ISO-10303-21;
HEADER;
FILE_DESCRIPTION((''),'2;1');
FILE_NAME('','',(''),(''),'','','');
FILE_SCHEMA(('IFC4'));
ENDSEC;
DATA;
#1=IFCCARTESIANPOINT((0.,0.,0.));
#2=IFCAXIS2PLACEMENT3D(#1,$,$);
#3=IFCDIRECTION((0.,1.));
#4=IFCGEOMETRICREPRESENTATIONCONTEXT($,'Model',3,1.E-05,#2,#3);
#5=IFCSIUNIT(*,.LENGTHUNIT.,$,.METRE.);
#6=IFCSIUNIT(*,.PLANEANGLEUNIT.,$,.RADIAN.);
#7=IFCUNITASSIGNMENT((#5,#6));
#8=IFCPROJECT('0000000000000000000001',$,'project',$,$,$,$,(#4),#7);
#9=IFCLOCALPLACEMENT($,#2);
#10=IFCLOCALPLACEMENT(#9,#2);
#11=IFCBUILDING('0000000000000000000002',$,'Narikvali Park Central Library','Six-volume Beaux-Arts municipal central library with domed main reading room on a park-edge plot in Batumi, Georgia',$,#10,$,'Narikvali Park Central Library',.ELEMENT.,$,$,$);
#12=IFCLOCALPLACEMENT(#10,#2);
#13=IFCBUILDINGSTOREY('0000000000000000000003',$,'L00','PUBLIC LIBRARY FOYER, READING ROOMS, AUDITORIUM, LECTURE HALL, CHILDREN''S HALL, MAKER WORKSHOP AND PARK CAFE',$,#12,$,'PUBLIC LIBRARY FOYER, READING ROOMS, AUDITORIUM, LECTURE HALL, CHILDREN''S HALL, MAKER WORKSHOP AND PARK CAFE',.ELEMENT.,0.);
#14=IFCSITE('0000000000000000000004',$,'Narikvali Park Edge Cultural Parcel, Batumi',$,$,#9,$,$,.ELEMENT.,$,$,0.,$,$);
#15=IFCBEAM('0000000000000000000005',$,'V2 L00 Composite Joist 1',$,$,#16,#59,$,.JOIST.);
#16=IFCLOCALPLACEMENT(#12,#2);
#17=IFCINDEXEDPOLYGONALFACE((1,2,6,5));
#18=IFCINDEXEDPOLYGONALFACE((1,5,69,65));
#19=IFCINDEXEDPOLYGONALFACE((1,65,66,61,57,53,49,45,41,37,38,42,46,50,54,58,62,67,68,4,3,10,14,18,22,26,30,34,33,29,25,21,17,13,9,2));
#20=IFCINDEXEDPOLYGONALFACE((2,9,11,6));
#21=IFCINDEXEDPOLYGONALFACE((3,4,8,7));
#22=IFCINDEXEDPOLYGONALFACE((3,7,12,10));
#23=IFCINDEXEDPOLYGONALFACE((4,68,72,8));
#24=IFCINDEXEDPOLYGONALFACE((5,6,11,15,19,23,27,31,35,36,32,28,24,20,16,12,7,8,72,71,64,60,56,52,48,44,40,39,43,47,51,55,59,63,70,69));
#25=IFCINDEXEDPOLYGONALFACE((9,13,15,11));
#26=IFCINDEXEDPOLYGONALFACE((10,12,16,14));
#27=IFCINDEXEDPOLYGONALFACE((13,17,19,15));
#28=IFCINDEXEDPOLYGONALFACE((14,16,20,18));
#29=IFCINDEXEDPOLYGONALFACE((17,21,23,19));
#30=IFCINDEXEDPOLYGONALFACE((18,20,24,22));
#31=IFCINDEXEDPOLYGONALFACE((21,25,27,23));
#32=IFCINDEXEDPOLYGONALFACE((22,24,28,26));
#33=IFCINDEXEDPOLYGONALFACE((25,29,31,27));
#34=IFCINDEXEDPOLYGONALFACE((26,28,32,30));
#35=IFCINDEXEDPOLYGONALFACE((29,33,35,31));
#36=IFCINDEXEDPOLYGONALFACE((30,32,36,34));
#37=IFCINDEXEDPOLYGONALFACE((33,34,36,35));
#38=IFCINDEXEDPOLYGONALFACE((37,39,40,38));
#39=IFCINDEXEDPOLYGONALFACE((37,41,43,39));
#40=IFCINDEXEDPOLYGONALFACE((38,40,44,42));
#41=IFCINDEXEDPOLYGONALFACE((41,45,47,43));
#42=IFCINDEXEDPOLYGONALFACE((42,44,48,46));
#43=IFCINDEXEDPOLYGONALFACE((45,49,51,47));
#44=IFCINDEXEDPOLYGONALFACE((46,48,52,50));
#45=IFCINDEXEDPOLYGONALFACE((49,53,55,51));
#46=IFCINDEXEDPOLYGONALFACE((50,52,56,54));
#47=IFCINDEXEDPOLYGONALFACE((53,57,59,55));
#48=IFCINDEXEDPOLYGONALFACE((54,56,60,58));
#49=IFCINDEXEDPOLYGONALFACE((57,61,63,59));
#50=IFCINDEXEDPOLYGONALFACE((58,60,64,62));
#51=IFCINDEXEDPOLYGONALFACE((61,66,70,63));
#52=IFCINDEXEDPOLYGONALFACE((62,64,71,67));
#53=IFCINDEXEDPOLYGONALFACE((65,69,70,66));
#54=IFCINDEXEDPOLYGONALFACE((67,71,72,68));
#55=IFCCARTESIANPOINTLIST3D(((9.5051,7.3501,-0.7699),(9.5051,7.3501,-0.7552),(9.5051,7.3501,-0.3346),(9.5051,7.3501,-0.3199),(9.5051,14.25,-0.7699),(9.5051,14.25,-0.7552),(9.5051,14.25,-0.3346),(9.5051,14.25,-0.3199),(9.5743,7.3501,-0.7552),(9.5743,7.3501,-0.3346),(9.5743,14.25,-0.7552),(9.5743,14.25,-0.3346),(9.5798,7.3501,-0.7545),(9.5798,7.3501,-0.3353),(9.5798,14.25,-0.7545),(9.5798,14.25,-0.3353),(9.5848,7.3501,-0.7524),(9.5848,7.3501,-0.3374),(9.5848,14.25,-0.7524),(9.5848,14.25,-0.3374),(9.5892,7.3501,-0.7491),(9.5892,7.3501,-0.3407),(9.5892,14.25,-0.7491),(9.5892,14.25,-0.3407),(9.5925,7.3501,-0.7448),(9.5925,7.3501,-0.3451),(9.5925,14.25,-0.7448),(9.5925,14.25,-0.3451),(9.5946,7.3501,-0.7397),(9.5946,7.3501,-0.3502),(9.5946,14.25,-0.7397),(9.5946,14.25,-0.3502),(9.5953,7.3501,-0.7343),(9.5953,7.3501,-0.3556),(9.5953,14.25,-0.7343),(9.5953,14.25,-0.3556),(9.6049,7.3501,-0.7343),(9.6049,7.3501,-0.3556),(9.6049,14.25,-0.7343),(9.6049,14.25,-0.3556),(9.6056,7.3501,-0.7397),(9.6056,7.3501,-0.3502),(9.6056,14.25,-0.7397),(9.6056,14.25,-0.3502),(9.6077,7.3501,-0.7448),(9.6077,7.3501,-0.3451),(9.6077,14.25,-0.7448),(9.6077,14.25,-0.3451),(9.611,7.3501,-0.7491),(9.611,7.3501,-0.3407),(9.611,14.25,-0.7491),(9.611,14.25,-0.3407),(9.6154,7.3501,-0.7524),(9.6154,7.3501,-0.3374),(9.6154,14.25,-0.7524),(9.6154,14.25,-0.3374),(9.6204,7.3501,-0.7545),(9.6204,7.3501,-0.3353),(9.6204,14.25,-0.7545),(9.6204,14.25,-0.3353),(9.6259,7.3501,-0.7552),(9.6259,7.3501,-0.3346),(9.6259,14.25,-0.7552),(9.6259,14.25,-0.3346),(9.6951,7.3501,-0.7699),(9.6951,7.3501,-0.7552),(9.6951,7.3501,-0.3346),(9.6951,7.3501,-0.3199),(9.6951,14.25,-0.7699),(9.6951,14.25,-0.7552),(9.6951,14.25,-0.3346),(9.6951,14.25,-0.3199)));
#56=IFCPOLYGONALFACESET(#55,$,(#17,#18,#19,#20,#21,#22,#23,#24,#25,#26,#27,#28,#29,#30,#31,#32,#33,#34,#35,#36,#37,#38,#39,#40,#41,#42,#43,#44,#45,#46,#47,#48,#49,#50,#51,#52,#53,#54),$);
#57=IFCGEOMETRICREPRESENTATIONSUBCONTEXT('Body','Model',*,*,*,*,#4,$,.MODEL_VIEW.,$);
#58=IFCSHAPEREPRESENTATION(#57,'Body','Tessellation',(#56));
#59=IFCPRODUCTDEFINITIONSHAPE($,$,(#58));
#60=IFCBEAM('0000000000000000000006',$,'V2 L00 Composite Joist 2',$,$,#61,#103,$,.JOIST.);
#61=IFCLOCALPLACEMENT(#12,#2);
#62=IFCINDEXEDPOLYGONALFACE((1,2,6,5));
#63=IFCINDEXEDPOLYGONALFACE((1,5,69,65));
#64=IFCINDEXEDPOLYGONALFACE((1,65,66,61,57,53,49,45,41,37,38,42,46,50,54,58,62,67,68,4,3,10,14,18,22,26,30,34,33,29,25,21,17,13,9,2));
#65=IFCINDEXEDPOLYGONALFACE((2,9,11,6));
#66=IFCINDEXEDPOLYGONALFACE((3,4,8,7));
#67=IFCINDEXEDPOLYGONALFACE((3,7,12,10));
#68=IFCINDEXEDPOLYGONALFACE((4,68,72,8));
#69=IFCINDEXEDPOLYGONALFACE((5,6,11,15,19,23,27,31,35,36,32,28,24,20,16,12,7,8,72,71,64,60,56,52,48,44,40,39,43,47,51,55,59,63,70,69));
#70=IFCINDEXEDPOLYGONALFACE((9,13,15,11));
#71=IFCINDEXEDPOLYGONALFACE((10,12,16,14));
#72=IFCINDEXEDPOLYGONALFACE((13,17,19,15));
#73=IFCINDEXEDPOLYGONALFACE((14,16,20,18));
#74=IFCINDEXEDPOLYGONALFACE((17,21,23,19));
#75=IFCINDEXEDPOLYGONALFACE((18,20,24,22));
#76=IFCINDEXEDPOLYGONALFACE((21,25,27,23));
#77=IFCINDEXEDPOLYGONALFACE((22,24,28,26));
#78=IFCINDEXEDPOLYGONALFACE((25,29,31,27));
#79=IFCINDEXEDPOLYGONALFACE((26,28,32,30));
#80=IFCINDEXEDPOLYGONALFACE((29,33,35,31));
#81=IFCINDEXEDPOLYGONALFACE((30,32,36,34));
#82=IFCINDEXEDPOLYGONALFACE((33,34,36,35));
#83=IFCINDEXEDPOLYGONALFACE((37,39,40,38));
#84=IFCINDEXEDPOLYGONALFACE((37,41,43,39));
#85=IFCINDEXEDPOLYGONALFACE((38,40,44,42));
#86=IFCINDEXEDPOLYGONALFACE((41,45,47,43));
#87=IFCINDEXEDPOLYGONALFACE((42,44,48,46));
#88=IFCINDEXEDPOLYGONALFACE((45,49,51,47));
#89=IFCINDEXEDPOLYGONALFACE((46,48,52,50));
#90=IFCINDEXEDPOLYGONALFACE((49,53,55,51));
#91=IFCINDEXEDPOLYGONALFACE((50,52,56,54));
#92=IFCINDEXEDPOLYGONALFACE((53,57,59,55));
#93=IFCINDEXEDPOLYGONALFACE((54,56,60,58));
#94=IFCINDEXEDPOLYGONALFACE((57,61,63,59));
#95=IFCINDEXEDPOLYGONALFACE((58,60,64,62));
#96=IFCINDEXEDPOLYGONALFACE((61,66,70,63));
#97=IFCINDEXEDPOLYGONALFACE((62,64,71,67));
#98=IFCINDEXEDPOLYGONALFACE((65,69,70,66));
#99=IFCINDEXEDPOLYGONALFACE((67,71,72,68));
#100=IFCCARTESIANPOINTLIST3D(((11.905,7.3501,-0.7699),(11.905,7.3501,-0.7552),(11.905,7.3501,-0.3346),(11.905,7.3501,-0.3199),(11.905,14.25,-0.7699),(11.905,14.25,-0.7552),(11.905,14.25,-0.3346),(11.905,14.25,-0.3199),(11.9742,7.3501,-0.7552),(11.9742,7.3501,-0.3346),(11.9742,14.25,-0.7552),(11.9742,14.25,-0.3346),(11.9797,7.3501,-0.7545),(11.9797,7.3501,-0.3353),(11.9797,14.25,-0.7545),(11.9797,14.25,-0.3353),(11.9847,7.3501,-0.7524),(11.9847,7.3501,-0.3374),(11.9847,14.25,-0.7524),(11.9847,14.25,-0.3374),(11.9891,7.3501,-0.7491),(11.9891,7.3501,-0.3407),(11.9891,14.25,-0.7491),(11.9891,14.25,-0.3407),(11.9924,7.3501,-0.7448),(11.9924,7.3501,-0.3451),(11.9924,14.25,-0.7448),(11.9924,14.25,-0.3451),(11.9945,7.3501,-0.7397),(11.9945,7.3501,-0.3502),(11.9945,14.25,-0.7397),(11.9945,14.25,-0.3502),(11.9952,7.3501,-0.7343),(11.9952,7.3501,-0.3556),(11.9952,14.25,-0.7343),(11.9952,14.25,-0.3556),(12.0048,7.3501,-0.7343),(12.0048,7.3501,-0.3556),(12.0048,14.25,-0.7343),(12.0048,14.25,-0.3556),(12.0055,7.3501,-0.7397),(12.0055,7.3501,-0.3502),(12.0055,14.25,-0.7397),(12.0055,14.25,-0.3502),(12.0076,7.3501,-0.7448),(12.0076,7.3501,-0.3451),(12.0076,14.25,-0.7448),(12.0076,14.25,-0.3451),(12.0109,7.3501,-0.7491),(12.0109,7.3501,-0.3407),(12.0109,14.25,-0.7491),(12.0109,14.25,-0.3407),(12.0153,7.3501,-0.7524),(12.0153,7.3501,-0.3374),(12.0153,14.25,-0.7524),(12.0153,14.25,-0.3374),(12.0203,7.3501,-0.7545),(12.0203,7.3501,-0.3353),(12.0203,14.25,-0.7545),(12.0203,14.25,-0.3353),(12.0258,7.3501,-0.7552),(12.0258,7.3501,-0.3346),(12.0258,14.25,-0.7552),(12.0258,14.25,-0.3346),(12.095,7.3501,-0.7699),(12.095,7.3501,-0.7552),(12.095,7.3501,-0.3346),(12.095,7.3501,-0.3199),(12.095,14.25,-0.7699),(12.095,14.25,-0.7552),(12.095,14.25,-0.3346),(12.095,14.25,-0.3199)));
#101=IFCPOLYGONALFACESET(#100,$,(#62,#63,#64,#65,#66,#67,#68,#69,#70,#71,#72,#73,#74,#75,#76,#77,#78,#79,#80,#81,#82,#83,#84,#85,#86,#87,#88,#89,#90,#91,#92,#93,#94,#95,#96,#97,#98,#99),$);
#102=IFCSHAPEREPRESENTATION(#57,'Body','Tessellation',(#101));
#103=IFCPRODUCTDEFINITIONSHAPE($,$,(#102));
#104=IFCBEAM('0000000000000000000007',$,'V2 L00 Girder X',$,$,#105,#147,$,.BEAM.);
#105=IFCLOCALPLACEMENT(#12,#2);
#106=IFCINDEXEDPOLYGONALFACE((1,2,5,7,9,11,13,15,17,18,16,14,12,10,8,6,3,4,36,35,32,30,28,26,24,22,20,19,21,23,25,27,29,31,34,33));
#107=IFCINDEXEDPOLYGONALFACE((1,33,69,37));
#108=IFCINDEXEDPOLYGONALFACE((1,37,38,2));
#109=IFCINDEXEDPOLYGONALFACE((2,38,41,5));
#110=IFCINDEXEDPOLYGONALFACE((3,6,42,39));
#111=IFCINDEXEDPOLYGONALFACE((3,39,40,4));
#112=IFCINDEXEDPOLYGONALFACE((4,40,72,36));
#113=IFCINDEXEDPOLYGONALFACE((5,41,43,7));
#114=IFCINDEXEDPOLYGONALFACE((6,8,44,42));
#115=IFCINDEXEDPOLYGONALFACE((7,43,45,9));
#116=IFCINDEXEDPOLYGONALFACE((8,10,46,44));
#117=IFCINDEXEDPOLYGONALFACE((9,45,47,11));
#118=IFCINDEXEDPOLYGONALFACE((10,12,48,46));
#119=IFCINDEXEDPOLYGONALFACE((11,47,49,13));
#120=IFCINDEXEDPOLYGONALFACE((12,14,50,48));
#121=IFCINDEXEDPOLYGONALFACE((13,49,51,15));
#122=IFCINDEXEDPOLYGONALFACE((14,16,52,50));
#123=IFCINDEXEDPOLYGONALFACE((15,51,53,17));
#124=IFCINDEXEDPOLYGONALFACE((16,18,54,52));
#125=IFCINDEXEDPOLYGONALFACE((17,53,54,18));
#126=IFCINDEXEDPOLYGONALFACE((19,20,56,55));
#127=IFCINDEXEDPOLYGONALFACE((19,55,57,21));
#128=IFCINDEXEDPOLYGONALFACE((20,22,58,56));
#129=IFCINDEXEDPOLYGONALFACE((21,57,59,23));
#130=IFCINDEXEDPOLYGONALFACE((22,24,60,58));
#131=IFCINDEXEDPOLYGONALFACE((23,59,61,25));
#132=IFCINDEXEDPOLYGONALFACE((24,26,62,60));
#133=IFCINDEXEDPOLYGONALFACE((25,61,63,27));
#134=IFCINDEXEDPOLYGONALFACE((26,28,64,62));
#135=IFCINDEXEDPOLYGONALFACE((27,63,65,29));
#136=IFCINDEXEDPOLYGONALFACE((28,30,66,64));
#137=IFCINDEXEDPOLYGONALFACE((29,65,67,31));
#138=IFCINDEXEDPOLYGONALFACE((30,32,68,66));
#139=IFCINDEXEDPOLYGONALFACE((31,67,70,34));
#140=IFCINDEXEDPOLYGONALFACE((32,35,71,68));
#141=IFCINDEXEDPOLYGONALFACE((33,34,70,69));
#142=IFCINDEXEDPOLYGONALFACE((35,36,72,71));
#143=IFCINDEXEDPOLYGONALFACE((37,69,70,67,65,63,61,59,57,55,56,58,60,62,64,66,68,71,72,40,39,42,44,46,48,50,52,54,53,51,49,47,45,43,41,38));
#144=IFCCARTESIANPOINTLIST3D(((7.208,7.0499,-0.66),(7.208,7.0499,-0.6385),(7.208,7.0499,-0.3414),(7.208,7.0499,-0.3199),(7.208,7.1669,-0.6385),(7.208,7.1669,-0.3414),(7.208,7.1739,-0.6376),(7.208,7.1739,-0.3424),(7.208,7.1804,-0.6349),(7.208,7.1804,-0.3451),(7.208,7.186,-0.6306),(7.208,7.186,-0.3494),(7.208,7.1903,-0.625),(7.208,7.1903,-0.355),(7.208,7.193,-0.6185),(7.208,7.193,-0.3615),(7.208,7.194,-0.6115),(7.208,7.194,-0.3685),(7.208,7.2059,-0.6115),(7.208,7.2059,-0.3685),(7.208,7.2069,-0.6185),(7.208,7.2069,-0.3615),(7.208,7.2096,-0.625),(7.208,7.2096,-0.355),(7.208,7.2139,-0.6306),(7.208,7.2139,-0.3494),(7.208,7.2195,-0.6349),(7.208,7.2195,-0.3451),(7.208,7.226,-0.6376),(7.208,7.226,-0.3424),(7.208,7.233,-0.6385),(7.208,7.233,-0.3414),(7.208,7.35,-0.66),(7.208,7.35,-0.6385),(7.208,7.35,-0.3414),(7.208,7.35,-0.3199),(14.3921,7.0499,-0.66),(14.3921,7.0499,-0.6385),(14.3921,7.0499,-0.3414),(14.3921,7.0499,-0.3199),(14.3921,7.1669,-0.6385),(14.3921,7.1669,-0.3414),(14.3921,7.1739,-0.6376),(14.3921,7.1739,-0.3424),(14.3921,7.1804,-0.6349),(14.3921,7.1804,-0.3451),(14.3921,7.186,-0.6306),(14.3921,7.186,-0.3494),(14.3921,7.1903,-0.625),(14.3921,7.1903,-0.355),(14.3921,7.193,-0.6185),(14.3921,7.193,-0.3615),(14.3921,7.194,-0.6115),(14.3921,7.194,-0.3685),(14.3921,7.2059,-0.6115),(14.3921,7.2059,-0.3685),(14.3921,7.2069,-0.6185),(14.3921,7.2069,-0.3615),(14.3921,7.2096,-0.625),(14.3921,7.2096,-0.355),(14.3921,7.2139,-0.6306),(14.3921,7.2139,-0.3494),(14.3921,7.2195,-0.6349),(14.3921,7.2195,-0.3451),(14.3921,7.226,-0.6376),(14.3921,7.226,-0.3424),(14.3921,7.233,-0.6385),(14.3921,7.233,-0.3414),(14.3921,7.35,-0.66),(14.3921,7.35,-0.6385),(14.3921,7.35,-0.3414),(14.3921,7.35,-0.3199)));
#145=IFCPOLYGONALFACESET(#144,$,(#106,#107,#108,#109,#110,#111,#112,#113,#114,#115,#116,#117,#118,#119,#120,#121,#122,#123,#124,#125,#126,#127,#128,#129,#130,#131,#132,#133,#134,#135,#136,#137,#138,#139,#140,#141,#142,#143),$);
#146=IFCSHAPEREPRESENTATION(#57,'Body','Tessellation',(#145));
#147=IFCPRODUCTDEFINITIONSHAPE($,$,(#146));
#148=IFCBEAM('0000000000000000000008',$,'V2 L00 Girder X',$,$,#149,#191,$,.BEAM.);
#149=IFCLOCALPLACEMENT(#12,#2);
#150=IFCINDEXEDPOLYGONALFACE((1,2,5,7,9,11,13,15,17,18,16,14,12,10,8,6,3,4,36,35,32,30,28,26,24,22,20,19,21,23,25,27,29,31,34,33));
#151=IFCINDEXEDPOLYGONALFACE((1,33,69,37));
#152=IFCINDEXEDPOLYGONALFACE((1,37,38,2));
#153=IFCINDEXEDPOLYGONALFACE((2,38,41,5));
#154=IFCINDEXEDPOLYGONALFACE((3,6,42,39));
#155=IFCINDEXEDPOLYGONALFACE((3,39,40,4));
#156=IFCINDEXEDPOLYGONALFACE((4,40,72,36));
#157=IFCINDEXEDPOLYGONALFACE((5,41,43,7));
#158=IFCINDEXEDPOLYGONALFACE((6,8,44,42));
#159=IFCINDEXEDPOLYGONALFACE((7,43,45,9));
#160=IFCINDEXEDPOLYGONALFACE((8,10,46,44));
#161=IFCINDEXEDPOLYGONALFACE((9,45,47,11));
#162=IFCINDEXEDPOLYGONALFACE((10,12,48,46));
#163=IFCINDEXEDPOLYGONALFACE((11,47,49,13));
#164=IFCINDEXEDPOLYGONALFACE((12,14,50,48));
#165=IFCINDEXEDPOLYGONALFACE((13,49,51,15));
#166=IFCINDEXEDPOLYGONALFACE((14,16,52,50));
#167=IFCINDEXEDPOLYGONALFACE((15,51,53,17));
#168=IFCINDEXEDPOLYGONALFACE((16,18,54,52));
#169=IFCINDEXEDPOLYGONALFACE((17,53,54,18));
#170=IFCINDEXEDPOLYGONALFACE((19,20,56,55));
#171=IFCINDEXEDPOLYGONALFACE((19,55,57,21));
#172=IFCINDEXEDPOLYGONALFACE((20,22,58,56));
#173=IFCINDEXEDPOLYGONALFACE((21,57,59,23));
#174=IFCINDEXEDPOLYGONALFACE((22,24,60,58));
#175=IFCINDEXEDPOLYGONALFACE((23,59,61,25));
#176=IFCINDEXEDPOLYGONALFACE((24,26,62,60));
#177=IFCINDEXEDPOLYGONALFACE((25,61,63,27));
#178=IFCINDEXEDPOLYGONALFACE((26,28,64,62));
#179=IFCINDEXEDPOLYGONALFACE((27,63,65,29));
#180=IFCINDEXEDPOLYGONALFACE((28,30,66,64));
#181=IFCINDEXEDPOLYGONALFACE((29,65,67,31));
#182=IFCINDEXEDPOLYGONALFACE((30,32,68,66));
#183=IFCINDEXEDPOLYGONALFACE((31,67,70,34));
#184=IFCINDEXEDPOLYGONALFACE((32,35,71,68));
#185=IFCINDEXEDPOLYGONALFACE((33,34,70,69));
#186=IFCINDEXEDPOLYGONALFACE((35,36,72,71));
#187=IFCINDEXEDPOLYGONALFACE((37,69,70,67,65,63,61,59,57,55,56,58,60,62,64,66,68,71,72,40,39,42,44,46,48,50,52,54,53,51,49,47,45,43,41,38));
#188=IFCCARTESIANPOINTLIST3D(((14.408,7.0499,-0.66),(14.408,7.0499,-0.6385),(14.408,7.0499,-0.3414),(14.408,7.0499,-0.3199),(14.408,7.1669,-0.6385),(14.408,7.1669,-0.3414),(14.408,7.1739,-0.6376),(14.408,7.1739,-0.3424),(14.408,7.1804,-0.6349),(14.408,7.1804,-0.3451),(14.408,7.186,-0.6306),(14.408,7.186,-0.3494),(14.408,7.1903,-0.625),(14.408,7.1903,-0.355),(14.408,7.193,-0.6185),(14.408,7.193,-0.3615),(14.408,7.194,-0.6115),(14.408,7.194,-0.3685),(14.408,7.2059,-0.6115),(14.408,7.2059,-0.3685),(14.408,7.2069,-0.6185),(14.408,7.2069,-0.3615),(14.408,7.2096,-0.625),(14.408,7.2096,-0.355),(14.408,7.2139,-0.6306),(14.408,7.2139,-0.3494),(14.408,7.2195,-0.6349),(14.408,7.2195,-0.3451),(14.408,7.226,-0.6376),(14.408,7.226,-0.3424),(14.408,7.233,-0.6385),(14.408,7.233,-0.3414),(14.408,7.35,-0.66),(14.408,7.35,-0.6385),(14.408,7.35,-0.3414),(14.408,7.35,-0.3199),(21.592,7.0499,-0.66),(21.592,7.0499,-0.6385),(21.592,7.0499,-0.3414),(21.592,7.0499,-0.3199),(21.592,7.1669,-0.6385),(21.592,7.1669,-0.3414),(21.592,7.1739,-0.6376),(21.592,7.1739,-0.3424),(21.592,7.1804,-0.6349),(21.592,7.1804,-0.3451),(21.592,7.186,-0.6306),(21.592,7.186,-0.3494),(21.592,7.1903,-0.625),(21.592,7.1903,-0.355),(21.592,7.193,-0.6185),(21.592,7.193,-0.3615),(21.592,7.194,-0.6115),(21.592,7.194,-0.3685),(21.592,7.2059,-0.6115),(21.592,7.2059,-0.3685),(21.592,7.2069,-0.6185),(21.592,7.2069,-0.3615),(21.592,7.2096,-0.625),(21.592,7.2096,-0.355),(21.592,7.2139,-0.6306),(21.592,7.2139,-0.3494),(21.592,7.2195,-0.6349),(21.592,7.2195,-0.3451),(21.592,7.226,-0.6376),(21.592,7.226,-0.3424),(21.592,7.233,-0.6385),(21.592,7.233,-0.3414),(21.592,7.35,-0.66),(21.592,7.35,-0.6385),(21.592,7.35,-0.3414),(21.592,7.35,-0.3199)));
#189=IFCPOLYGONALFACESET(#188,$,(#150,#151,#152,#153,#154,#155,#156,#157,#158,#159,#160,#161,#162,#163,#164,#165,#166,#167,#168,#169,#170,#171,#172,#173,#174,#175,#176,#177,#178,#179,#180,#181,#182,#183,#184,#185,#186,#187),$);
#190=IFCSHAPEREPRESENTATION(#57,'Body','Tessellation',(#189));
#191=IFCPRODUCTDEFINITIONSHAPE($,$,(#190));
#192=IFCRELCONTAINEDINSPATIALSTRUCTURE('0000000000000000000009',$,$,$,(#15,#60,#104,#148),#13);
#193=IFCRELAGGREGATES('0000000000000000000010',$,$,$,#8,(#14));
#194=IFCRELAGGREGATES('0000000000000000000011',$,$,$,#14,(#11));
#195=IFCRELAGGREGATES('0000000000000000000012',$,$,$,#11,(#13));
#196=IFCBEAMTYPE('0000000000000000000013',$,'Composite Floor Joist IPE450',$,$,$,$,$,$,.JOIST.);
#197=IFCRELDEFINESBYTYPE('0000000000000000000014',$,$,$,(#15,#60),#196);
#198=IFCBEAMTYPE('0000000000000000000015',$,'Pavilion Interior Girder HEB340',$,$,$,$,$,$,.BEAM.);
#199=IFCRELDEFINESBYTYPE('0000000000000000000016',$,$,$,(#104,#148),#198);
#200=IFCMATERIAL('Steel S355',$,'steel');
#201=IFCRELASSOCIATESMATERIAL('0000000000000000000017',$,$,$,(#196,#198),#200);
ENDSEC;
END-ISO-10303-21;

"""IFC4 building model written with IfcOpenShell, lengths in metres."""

from ifc_helpers import new_model, si_unit, direction, frame, origin, origin_2d, place, context, subcontext, project, spatial, i_section, extrude, material, material_profile, profile_set, type_object, element, save


model = new_model("IFC4")

# Units and contexts
model_context = context("Model", 3, precision=1e-05, world=origin(), true_north=direction((0.0, 1.0)))
body_context = subcontext(model_context, "Body", "Model", "MODEL_VIEW")
ifc_project = project(units=[si_unit("LENGTHUNIT", "METRE"), si_unit("PLANEANGLEUNIT", "RADIAN")], contexts=[model_context])

# Site, building, storey
site_placement = place(None, origin())
site = spatial("IfcSite", under=ifc_project, at=site_placement, Name="Narikvali Park Edge Cultural Parcel, Batumi", CompositionType="ELEMENT", RefElevation=0.0)
building_placement = place(site_placement, origin())
building = spatial("IfcBuilding", under=site, at=building_placement, Name="Narikvali Park Central Library", Description="Six-volume Beaux-Arts municipal central library with domed main reading room on a park-edge plot in Batumi, Georgia", LongName="Narikvali Park Central Library", CompositionType="ELEMENT")
storey_placement = place(building_placement, origin())
storey = spatial("IfcBuildingStorey", under=building, at=storey_placement, Name="L00", Description="PUBLIC LIBRARY FOYER, READING ROOMS, AUDITORIUM, LECTURE HALL, CHILDREN'S HALL, MAKER WORKSHOP AND PARK CAFE", LongName="PUBLIC LIBRARY FOYER, READING ROOMS, AUDITORIUM, LECTURE HALL, CHILDREN'S HALL, MAKER WORKSHOP AND PARK CAFE", CompositionType="ELEMENT", Elevation=0.0)

# Shared definitions
ifc_material_1 = material(Name="Steel S355", Category="steel")

# Beams
ifc_material_profile_1 = material_profile(ifc_material_1, i_section(OverallWidth=0.1899, OverallDepth=0.45, WebThickness=0.0095, FlangeThickness=0.0146, FilletRadius=0.021, at=origin_2d()), Name="IPE 450")
ifc_profile_set_1 = profile_set([ifc_material_profile_1], Name="Steel S355")
beam_type_1 = type_object("IfcBeamType", Name="Composite Floor Joist IPE450", PredefinedType="JOIST", material=ifc_profile_set_1)
for number, where, z_axis, x_axis, name in (
    (1, (9.6001, 7.3501, -0.5449), (0.0, 1.0, 0.0), (-1.0, 0.0, 0.0), "V2 L00 Composite Joist 1"),
    (2, (12.0, 7.3501, -0.5449), (0.0, 1.0, 0.0), (-1.0, 0.0, 0.0), "V2 L00 Composite Joist 2"),
):
    element("IfcBeam", number, at=place(storey_placement, frame(where, z_axis=z_axis, x_axis=x_axis)), inside=storey, type_object=beam_type_1, Name=name, PredefinedType="JOIST", context=body_context, shape_type="SweptSolid", body=[
        extrude(i_section(OverallWidth=0.1899, OverallDepth=0.45, WebThickness=0.0095, FlangeThickness=0.0146, FilletRadius=0.021, at=origin_2d()), origin(), (0.0, 0.0, 1.0), 6.8999),
    ])
ifc_material_profile_2 = material_profile(ifc_material_1, i_section(OverallWidth=0.3, OverallDepth=0.3401, WebThickness=0.012, FlangeThickness=0.0215, FilletRadius=0.0271, at=origin_2d()), Name="HEB 340")
ifc_profile_set_2 = profile_set([ifc_material_profile_2], Name="Steel S355")
beam_type_2 = type_object("IfcBeamType", Name="Pavilion Interior Girder HEB340", PredefinedType="BEAM", material=ifc_profile_set_2)
for number, where, z_axis, x_axis, name in (
    (3, (7.208, 7.2, -0.49), (1.0, 0.0, 0.0), (0.0, 1.0, 0.0), "V2 L00 Girder X"),
    (4, (14.408, 7.2, -0.49), (1.0, 0.0, 0.0), (0.0, 1.0, 0.0), "V2 L00 Girder X"),
):
    element("IfcBeam", number, at=place(storey_placement, frame(where, z_axis=z_axis, x_axis=x_axis)), inside=storey, type_object=beam_type_2, Name=name, PredefinedType="BEAM", context=body_context, shape_type="SweptSolid", body=[
        extrude(i_section(OverallWidth=0.3, OverallDepth=0.3401, WebThickness=0.012, FlangeThickness=0.0215, FilletRadius=0.0271, at=origin_2d()), origin(), (0.0, 0.0, 1.0), 7.1841),
    ])

save(model, "model.ifc")
